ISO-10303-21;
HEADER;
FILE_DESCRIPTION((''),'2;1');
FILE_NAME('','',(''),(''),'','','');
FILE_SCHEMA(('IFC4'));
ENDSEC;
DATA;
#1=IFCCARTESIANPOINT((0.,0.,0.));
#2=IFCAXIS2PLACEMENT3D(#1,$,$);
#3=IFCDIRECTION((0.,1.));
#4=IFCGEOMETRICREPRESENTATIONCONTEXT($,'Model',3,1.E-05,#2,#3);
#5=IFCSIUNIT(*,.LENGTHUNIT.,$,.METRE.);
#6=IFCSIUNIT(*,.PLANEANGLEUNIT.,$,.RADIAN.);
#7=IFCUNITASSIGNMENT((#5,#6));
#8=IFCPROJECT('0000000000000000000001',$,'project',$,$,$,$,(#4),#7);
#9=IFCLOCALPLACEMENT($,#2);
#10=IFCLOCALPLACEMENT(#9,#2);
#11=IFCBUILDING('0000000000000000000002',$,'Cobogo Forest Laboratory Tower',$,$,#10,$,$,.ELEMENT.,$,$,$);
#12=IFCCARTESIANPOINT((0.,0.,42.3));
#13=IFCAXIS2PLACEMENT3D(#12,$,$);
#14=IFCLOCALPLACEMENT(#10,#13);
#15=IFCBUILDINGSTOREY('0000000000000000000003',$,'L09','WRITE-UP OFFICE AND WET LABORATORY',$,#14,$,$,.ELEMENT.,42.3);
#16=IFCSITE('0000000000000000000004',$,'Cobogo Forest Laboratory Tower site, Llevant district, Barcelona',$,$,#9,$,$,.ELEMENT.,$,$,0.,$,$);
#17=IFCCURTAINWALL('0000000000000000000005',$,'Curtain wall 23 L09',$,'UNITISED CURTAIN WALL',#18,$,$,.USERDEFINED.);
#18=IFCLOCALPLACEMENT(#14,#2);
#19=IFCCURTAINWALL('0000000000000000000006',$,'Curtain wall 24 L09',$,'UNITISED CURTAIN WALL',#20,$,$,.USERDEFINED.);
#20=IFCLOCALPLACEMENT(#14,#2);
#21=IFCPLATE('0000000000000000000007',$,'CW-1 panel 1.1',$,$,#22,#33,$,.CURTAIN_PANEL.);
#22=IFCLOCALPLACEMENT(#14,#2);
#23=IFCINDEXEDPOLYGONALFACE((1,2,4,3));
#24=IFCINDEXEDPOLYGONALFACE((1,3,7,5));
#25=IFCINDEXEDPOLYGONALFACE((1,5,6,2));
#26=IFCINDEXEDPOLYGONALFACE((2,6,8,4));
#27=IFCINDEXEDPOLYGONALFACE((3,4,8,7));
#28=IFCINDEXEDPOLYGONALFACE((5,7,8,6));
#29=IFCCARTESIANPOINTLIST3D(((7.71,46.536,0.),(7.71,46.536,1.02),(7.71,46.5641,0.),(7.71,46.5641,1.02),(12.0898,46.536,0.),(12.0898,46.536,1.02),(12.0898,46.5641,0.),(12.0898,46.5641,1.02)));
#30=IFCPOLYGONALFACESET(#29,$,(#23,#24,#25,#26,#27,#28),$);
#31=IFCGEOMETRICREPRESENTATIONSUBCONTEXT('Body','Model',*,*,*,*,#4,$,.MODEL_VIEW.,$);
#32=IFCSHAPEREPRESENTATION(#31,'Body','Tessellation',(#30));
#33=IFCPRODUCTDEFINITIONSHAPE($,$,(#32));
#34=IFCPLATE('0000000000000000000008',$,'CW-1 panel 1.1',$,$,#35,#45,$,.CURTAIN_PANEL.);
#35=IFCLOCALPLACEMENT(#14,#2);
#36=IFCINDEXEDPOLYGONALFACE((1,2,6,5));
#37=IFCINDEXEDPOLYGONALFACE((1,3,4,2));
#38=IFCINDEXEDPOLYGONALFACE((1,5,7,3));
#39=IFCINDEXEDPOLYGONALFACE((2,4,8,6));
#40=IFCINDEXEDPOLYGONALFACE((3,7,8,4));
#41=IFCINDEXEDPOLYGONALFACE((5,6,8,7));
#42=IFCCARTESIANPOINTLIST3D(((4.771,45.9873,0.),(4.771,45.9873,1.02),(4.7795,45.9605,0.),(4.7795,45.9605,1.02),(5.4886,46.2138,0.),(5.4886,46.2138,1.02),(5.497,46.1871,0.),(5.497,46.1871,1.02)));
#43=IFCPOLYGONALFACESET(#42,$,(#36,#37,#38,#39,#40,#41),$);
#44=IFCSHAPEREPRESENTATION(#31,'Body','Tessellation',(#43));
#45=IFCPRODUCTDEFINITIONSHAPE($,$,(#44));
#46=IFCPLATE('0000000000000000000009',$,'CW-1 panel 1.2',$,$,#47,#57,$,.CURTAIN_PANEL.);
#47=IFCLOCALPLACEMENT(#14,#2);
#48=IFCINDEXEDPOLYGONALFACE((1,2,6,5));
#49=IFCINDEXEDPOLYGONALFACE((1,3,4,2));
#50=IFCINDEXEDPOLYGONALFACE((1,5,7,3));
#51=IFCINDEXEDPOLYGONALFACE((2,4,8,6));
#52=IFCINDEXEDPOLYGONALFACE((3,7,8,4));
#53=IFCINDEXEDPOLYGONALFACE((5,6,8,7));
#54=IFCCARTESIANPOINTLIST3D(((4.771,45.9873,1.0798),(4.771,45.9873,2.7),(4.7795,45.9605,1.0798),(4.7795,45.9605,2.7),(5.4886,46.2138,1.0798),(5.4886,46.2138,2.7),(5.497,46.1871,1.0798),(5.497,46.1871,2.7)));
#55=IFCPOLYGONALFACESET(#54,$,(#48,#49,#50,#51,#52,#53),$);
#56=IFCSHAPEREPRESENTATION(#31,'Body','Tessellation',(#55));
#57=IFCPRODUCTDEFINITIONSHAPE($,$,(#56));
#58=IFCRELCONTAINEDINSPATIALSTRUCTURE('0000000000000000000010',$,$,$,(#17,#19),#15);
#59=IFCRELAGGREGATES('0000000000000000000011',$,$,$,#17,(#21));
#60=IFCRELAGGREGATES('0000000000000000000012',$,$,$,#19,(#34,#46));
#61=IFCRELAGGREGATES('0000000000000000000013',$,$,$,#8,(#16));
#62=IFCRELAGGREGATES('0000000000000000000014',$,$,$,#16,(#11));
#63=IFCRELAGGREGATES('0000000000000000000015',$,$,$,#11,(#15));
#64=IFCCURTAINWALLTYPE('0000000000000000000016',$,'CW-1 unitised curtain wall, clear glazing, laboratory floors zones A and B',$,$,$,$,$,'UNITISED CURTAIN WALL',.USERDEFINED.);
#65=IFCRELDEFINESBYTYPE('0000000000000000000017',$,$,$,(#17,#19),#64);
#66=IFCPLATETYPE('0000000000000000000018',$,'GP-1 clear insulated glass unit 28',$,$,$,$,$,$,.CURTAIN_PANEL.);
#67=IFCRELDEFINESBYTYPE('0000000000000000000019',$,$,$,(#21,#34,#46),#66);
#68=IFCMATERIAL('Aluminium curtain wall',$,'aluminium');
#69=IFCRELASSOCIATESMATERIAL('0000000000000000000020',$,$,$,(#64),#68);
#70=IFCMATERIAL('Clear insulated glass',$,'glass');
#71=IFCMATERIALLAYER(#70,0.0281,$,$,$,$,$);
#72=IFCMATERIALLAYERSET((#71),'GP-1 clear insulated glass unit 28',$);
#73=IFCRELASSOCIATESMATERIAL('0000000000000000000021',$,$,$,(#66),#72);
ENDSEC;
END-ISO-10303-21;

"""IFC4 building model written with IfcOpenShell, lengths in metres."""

from ifc_helpers import new_model, si_unit, direction, frame, origin, origin_2d, place, context, subcontext, project, spatial, rectangle, extrude, material, layer, layer_set, type_object, element, aggregate, save


model = new_model("IFC4")

# Units and contexts
model_context = context("Model", 3, precision=1e-05, world=origin(), true_north=direction((0.0, 1.0)))
body_context = subcontext(model_context, "Body", "Model", "MODEL_VIEW")
ifc_project = project(units=[si_unit("LENGTHUNIT", "METRE"), si_unit("PLANEANGLEUNIT", "RADIAN")], contexts=[model_context])

# Site, building, storey
site_placement = place(None, origin())
site = spatial("IfcSite", under=ifc_project, at=site_placement, Name="Cobogo Forest Laboratory Tower site, Llevant district, Barcelona", CompositionType="ELEMENT", RefElevation=0.0)
building_placement = place(site_placement, origin())
building = spatial("IfcBuilding", under=site, at=building_placement, Name="Cobogo Forest Laboratory Tower", CompositionType="ELEMENT")
storey_placement = place(building_placement, frame((0.0, 0.0, 42.3)))
storey = spatial("IfcBuildingStorey", under=building, at=storey_placement, Name="L09", Description="WRITE-UP OFFICE AND WET LABORATORY", CompositionType="ELEMENT", Elevation=42.3)

# Curtain wall
ifc_material_1 = material(Name="Aluminium curtain wall", Category="aluminium")
curtain_wall_type = type_object("IfcCurtainWallType", Name="CW-1 unitised curtain wall, clear glazing, laboratory floors zones A and B", ElementType="UNITISED CURTAIN WALL", PredefinedType="USERDEFINED", material=ifc_material_1)
curtain_wall_1_placement = place(storey_placement, origin())
curtain_wall_1 = element("IfcCurtainWall", 1, at=curtain_wall_1_placement, inside=storey, type_object=curtain_wall_type, Name="Curtain wall 23 L09", ObjectType="UNITISED CURTAIN WALL", PredefinedType="USERDEFINED")

# Curtain wall
curtain_wall_2_placement = place(storey_placement, origin())
curtain_wall_2 = element("IfcCurtainWall", 2, at=curtain_wall_2_placement, inside=storey, type_object=curtain_wall_type, Name="Curtain wall 24 L09", ObjectType="UNITISED CURTAIN WALL", PredefinedType="USERDEFINED")

# Plates
ifc_material_2 = material(Name="Clear insulated glass", Category="glass")
ifc_layer = layer(ifc_material_2, 0.0281)
ifc_layer_set = layer_set([ifc_layer], Name="GP-1 clear insulated glass unit 28")
plate_type_1 = type_object("IfcPlateType", Name="GP-1 clear insulated glass unit 28", PredefinedType="CURTAIN_PANEL", material=ifc_layer_set)
plate_1_placement = place(storey_placement, frame((9.8999, 46.55, 0.0), z_axis=(0.0, 0.0, 1.0), x_axis=(-1.0, 0.0, 0.0)))
plate_1 = element("IfcPlate", 3, at=plate_1_placement, type_object=plate_type_1, Name="CW-1 panel 1.1", PredefinedType="CURTAIN_PANEL", context=body_context, shape_type="SweptSolid", body=[
    extrude(rectangle(XDim=4.3799, YDim=0.0281, at=origin_2d()), origin(), (0.0, 0.0, 1.0), 1.02),
])
aggregate(curtain_wall_1, [plate_1])
plate_2_placement = place(storey_placement, frame((5.134, 46.0872, 0.0), z_axis=(0.0, 0.0, 1.0), x_axis=(-0.953582, -0.301135, 0.0)))
plate_2 = element("IfcPlate", 4, at=plate_2_placement, type_object=plate_type_1, Name="CW-1 panel 1.1", PredefinedType="CURTAIN_PANEL", context=body_context, shape_type="SweptSolid", body=[
    extrude(rectangle(XDim=0.7524, YDim=0.0281, at=origin_2d()), origin(), (0.0, 0.0, 1.0), 1.02),
])
plate_3_placement = place(storey_placement, frame((5.134, 46.0872, 1.0798), z_axis=(0.0, 0.0, 1.0), x_axis=(-0.953582, -0.301135, 0.0)))
plate_3 = element("IfcPlate", 5, at=plate_3_placement, type_object=plate_type_1, Name="CW-1 panel 1.2", PredefinedType="CURTAIN_PANEL", context=body_context, shape_type="SweptSolid", body=[
    extrude(rectangle(XDim=0.7524, YDim=0.0281, at=origin_2d()), origin(), (0.0, 0.0, 1.0), 1.6201),
])
aggregate(curtain_wall_2, [plate_2, plate_3])

save(model, "model.ifc")
